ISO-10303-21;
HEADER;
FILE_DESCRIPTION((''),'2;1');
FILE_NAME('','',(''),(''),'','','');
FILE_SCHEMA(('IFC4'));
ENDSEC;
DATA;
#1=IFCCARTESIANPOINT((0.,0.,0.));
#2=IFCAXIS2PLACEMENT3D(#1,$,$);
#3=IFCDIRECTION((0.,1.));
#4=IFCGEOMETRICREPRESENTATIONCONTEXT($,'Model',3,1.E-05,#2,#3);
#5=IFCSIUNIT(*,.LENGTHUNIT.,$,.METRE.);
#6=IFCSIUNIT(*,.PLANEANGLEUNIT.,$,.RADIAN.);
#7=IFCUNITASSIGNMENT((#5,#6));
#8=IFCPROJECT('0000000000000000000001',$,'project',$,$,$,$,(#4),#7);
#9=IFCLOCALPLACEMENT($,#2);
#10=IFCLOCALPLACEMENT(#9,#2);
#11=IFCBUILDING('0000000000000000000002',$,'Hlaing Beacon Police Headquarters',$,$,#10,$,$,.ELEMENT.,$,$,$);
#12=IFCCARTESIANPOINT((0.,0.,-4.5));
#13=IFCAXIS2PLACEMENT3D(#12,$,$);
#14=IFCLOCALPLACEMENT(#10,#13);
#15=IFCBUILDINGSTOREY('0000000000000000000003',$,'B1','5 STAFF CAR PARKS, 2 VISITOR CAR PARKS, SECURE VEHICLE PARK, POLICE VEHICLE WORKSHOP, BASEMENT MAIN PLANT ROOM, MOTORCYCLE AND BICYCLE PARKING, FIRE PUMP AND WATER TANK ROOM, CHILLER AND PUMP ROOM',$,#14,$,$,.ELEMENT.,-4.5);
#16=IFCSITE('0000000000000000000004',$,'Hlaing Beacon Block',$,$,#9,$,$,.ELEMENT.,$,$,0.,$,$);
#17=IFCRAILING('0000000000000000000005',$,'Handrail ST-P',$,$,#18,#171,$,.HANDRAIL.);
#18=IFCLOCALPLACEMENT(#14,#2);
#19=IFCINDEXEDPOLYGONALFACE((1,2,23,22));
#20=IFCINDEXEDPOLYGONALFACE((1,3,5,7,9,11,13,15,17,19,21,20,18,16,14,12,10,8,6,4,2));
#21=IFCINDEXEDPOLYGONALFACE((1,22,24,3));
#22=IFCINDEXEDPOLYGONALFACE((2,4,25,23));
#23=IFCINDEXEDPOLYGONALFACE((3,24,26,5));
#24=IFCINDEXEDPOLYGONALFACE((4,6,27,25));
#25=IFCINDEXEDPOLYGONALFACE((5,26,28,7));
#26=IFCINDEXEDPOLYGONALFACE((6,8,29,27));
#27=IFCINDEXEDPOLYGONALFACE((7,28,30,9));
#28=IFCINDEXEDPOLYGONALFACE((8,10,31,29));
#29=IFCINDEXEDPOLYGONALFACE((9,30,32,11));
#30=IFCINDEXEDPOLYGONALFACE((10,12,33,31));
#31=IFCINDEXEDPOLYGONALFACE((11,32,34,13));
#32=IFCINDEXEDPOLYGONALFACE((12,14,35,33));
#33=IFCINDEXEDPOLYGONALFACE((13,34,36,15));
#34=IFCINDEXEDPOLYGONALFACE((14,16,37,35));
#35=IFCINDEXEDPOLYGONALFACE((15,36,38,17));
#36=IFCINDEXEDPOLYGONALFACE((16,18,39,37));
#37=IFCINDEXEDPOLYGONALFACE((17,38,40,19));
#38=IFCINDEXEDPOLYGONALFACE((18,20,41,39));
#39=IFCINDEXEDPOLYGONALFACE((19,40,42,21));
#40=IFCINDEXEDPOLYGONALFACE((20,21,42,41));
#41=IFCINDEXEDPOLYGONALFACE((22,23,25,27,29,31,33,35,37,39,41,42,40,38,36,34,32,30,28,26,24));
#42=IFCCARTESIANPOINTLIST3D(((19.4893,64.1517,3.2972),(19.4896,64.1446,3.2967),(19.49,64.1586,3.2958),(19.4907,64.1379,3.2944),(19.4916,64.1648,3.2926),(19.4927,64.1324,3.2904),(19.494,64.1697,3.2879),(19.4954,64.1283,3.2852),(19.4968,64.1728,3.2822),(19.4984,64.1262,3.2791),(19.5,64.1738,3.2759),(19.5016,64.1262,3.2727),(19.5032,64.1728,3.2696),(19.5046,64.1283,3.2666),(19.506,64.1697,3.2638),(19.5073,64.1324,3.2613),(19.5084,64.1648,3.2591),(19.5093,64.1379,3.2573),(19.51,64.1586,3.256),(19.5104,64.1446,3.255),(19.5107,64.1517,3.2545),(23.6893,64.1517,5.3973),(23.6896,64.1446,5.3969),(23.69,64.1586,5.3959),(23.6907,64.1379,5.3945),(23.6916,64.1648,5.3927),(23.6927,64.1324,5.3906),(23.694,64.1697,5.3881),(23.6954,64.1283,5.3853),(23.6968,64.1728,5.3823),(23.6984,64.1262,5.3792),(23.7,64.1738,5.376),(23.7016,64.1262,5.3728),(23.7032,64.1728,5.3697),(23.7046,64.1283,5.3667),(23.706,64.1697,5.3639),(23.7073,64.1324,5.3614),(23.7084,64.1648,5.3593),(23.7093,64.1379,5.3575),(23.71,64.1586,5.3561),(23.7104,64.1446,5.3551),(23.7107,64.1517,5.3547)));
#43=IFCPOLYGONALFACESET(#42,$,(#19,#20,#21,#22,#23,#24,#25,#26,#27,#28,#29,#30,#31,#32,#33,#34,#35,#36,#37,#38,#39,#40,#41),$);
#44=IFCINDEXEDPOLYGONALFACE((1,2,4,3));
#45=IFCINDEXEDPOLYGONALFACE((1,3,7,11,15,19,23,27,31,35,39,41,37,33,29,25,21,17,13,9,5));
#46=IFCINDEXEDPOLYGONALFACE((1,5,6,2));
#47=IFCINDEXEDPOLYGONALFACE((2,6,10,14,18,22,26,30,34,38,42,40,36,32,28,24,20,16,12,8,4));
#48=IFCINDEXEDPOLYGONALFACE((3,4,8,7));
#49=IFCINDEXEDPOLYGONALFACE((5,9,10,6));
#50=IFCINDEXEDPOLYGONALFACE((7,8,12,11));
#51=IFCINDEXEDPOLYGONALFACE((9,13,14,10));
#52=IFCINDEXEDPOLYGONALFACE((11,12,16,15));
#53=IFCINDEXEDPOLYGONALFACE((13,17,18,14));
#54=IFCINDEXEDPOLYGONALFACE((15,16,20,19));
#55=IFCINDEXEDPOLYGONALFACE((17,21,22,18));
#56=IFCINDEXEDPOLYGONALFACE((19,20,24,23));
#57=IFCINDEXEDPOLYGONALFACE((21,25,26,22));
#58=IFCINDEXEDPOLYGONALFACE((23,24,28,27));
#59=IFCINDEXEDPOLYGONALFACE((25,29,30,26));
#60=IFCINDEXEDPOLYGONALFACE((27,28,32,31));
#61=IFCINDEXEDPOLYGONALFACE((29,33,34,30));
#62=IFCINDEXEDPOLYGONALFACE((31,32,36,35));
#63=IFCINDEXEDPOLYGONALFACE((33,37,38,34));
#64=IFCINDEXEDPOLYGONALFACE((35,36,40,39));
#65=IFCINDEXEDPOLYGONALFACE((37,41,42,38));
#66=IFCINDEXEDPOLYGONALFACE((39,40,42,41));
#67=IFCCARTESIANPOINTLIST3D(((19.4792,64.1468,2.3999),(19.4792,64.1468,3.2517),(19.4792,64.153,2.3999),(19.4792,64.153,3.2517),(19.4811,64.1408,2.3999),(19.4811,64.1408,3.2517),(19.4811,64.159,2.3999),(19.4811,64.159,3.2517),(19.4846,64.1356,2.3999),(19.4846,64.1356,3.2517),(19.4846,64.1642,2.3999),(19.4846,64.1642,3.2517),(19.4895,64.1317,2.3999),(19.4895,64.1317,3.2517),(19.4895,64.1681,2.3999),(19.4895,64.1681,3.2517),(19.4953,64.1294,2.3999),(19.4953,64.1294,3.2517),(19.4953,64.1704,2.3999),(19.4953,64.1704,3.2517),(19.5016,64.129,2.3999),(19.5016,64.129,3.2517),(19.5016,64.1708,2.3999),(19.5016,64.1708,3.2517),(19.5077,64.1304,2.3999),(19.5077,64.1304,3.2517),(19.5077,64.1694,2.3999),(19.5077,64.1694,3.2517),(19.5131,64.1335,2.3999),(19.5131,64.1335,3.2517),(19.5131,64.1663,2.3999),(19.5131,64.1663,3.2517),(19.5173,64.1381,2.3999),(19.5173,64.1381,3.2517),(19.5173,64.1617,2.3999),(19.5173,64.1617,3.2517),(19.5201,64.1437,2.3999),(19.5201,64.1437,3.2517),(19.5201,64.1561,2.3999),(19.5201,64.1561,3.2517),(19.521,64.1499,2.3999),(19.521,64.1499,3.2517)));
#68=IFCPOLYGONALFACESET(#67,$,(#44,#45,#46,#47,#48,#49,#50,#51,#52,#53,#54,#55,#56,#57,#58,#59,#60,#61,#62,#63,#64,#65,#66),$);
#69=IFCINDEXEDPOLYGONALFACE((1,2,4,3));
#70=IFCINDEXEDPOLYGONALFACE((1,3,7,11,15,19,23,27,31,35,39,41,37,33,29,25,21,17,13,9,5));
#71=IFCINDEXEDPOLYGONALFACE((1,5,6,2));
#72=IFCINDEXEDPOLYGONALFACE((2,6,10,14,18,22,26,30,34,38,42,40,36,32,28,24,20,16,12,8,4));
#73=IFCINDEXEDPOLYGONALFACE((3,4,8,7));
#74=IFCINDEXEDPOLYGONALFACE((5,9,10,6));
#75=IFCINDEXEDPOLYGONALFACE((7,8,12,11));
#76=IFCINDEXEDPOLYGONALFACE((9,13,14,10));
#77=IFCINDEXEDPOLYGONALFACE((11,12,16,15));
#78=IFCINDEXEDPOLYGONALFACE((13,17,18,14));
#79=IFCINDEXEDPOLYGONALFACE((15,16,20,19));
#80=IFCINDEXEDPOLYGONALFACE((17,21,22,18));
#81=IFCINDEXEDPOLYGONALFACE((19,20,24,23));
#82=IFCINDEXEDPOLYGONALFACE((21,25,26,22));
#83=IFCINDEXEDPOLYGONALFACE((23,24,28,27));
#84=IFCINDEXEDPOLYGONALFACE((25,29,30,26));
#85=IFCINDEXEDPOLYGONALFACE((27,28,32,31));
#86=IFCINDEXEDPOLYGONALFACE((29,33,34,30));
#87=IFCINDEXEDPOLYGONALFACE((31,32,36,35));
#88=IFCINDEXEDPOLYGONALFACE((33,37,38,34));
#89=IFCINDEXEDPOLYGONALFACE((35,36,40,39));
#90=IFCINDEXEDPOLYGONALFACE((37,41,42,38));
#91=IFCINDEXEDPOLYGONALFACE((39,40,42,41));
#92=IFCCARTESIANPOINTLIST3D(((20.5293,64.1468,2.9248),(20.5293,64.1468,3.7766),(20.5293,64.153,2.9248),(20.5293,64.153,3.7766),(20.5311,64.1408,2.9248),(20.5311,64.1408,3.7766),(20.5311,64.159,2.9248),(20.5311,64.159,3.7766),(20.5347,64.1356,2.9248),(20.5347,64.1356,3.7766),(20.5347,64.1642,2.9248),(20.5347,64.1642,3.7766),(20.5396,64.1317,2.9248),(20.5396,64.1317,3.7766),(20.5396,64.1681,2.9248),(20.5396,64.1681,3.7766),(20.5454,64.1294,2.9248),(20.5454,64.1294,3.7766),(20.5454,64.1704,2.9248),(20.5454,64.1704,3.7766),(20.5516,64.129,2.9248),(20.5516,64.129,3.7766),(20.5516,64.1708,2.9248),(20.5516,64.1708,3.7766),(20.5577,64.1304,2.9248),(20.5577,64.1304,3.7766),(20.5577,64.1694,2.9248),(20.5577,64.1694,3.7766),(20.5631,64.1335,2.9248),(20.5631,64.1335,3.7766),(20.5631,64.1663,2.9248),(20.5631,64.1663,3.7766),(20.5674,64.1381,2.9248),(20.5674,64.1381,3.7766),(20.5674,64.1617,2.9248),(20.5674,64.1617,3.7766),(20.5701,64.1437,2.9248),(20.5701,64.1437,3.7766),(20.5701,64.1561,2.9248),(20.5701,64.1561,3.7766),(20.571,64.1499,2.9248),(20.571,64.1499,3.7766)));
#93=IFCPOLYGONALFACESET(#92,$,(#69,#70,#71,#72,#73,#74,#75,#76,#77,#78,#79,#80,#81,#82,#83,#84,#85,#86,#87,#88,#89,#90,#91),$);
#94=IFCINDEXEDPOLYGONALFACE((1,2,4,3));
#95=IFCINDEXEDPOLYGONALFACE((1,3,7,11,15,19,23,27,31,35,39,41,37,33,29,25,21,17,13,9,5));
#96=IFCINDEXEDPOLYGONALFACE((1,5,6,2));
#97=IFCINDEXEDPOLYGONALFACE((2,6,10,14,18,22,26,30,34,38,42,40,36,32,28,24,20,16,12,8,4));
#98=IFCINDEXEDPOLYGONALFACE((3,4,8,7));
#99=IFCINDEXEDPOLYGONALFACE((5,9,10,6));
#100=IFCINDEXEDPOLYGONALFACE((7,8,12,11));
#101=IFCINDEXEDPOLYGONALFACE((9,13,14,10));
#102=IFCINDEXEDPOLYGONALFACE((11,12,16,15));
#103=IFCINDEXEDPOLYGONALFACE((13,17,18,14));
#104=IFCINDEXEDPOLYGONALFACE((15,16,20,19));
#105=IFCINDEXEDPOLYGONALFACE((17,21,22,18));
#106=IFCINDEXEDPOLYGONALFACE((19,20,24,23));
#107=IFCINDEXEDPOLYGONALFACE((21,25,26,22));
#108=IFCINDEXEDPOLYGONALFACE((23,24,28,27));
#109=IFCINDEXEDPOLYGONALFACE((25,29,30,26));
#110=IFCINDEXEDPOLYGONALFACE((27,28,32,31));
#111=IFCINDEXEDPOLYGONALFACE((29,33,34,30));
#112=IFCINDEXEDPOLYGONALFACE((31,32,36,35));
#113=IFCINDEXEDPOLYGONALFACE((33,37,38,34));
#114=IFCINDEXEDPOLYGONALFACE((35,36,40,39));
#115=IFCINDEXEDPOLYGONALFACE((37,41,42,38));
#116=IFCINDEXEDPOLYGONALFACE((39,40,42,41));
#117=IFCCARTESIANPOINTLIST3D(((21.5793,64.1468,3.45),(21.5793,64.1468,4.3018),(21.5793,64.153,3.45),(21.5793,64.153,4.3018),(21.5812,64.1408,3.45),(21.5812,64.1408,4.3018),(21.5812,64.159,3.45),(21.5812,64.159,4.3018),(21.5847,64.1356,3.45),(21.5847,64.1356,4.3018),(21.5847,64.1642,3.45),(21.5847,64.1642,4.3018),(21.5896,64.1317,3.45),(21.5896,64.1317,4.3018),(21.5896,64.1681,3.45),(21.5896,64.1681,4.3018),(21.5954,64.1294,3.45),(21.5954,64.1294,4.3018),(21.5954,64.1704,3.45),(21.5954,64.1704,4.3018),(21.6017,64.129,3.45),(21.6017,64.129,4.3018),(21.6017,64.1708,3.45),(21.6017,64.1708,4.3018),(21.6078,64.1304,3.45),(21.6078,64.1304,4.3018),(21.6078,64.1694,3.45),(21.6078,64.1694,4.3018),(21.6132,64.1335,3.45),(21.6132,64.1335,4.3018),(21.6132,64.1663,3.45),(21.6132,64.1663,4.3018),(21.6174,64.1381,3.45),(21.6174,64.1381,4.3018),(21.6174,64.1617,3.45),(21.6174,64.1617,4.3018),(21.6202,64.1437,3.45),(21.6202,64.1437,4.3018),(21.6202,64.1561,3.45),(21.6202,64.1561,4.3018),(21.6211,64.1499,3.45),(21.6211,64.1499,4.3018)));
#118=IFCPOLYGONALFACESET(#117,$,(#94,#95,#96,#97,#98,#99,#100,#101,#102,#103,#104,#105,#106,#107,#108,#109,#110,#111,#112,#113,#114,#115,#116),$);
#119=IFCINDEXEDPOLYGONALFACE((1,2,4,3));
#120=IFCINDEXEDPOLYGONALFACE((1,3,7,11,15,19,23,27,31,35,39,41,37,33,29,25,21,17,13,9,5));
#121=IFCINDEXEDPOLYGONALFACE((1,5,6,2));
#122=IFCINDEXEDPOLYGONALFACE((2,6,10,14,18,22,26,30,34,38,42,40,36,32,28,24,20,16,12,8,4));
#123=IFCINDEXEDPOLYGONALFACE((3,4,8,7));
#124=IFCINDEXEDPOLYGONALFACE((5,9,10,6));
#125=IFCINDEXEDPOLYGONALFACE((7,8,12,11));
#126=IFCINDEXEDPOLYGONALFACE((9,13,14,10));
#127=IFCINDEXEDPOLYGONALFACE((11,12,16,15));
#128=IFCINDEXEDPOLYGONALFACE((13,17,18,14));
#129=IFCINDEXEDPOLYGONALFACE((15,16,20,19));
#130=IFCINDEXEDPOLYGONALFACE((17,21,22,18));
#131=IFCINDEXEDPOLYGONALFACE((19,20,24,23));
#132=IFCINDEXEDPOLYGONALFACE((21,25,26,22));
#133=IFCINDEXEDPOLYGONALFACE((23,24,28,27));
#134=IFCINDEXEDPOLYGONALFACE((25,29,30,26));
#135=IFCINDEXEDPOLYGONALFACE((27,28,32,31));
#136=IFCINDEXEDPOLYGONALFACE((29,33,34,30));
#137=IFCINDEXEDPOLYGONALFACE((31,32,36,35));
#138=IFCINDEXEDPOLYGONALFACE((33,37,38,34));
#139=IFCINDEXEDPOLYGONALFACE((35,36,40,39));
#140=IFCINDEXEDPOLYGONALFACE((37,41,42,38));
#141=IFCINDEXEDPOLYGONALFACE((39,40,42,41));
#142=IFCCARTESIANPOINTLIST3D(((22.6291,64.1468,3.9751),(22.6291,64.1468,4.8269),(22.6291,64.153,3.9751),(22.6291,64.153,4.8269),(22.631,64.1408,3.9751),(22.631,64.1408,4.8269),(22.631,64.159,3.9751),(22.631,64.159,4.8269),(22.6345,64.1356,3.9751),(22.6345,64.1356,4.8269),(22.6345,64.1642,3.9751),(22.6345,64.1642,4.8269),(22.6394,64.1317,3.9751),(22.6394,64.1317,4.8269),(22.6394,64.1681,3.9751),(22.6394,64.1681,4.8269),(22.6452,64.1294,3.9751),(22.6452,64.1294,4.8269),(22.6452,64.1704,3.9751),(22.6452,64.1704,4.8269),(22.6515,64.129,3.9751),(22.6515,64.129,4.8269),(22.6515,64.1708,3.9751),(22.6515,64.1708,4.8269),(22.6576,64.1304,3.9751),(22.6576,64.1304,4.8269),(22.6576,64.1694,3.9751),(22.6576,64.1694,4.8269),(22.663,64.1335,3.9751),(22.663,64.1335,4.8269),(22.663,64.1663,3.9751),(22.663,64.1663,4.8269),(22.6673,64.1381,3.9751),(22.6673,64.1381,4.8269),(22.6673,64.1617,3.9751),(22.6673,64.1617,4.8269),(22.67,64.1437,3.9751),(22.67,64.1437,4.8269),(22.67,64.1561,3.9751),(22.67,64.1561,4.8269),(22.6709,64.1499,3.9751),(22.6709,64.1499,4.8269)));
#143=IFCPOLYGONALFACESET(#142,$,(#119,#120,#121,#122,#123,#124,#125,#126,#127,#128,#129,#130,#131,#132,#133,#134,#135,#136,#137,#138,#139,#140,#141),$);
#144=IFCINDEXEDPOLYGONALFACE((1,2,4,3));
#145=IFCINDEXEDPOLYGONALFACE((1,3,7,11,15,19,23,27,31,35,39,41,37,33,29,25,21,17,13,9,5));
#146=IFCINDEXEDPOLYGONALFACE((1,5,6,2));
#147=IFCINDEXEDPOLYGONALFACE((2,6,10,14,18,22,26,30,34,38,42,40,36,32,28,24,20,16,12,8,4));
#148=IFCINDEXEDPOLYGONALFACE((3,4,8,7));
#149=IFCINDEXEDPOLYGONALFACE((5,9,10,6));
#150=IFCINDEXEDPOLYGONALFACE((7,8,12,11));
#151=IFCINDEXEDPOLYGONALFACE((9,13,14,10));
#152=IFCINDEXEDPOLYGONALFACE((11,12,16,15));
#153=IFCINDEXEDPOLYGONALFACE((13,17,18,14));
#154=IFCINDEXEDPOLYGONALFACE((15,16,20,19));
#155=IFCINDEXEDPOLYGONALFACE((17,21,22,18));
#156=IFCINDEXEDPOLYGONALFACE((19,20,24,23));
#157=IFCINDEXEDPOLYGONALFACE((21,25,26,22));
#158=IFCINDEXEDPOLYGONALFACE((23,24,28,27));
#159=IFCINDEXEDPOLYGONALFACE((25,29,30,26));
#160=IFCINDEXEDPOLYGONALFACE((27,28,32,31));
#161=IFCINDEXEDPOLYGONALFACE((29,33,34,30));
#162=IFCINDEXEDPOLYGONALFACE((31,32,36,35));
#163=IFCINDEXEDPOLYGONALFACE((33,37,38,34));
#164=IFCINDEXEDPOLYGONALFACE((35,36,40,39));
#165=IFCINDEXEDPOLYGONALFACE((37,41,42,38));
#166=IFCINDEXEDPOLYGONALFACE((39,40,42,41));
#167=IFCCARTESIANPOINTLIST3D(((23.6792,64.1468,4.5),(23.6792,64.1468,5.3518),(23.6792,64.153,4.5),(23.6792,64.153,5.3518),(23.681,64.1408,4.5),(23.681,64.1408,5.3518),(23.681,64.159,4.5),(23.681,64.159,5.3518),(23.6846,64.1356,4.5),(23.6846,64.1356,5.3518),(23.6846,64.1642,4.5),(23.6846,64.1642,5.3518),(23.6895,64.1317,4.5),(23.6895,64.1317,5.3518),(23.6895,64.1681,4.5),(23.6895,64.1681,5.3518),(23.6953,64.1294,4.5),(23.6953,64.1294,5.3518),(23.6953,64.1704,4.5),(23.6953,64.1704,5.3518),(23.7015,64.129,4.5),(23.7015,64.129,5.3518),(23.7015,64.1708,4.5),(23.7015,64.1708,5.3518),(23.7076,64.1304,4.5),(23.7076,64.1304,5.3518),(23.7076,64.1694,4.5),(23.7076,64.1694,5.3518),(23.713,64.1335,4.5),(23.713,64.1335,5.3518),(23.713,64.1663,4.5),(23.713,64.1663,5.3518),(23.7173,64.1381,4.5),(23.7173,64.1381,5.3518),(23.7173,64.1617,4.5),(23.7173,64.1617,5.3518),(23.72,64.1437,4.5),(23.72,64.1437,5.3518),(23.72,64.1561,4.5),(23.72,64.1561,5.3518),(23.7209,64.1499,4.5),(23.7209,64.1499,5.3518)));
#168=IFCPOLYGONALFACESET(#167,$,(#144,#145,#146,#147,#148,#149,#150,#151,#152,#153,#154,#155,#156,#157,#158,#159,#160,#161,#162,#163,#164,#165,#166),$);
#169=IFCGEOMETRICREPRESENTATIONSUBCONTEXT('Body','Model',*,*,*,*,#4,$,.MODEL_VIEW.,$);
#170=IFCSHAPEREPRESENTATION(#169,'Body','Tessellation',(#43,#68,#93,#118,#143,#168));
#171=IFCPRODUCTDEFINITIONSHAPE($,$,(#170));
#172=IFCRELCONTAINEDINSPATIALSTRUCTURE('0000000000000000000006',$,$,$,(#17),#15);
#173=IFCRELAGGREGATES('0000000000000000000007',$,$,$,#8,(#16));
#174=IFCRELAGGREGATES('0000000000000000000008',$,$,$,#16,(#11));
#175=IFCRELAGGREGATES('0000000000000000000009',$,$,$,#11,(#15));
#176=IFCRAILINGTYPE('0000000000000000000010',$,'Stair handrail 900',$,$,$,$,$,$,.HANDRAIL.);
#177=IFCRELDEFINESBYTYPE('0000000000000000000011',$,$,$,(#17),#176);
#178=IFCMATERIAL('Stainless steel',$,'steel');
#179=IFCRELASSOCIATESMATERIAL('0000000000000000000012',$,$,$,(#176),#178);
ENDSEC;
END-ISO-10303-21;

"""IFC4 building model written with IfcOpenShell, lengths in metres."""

from ifc_helpers import new_model, si_unit, direction, frame, origin, origin_2d, place, context, subcontext, project, spatial, circle, extrude, material, type_object, element, save


model = new_model("IFC4")

# Units and contexts
model_context = context("Model", 3, precision=1e-05, world=origin(), true_north=direction((0.0, 1.0)))
body_context = subcontext(model_context, "Body", "Model", "MODEL_VIEW")
ifc_project = project(units=[si_unit("LENGTHUNIT", "METRE"), si_unit("PLANEANGLEUNIT", "RADIAN")], contexts=[model_context])

# Site, building, storey
site_placement = place(None, origin())
site = spatial("IfcSite", under=ifc_project, at=site_placement, Name="Hlaing Beacon Block", CompositionType="ELEMENT", RefElevation=0.0)
building_placement = place(site_placement, origin())
building = spatial("IfcBuilding", under=site, at=building_placement, Name="Hlaing Beacon Police Headquarters", CompositionType="ELEMENT")
storey_placement = place(building_placement, frame((0.0, 0.0, -4.5)))
storey = spatial("IfcBuildingStorey", under=building, at=storey_placement, Name="B1", Description="5 STAFF CAR PARKS, 2 VISITOR CAR PARKS, SECURE VEHICLE PARK, POLICE VEHICLE WORKSHOP, BASEMENT MAIN PLANT ROOM, MOTORCYCLE AND BICYCLE PARKING, FIRE PUMP AND WATER TANK ROOM, CHILLER AND PUMP ROOM", CompositionType="ELEMENT", Elevation=-4.5)

# Railing
ifc_material_1 = material(Name="Stainless steel", Category="steel")
railing_type = type_object("IfcRailingType", Name="Stair handrail 900", PredefinedType="HANDRAIL", material=ifc_material_1)
for number, where, name in (
    (1, (19.5, 64.1499, 2.3999), "Handrail ST-P"),
):
    element("IfcRailing", number, at=place(storey_placement, frame(where)), inside=storey, type_object=railing_type, Name=name, PredefinedType="HANDRAIL", context=body_context, shape_type="SweptSolid", body=[
        extrude(circle(Radius=0.0239, at=origin_2d()), frame((0.0, 0.0, 0.876), z_axis=(0.894417, 0.0, 0.447234), x_axis=(0.0, 1.0, 0.0)), (0.0, 0.0, 1.0), 4.6958),
        extrude(circle(Radius=0.021, at=origin_2d()), origin(), (0.0, 0.0, 1.0), 0.8518),
        extrude(circle(Radius=0.021, at=origin_2d()), frame((1.05, 0.0, 0.5249)), (0.0, 0.0, 1.0), 0.8518),
        extrude(circle(Radius=0.021, at=origin_2d()), frame((2.1001, 0.0, 1.05)), (0.0, 0.0, 1.0), 0.8518),
        extrude(circle(Radius=0.021, at=origin_2d()), frame((3.1499, 0.0, 1.5752)), (0.0, 0.0, 1.0), 0.8518),
        extrude(circle(Radius=0.021, at=origin_2d()), frame((4.2, 0.0, 2.1001)), (0.0, 0.0, 1.0), 0.8518),
    ])

save(model, "model.ifc")
